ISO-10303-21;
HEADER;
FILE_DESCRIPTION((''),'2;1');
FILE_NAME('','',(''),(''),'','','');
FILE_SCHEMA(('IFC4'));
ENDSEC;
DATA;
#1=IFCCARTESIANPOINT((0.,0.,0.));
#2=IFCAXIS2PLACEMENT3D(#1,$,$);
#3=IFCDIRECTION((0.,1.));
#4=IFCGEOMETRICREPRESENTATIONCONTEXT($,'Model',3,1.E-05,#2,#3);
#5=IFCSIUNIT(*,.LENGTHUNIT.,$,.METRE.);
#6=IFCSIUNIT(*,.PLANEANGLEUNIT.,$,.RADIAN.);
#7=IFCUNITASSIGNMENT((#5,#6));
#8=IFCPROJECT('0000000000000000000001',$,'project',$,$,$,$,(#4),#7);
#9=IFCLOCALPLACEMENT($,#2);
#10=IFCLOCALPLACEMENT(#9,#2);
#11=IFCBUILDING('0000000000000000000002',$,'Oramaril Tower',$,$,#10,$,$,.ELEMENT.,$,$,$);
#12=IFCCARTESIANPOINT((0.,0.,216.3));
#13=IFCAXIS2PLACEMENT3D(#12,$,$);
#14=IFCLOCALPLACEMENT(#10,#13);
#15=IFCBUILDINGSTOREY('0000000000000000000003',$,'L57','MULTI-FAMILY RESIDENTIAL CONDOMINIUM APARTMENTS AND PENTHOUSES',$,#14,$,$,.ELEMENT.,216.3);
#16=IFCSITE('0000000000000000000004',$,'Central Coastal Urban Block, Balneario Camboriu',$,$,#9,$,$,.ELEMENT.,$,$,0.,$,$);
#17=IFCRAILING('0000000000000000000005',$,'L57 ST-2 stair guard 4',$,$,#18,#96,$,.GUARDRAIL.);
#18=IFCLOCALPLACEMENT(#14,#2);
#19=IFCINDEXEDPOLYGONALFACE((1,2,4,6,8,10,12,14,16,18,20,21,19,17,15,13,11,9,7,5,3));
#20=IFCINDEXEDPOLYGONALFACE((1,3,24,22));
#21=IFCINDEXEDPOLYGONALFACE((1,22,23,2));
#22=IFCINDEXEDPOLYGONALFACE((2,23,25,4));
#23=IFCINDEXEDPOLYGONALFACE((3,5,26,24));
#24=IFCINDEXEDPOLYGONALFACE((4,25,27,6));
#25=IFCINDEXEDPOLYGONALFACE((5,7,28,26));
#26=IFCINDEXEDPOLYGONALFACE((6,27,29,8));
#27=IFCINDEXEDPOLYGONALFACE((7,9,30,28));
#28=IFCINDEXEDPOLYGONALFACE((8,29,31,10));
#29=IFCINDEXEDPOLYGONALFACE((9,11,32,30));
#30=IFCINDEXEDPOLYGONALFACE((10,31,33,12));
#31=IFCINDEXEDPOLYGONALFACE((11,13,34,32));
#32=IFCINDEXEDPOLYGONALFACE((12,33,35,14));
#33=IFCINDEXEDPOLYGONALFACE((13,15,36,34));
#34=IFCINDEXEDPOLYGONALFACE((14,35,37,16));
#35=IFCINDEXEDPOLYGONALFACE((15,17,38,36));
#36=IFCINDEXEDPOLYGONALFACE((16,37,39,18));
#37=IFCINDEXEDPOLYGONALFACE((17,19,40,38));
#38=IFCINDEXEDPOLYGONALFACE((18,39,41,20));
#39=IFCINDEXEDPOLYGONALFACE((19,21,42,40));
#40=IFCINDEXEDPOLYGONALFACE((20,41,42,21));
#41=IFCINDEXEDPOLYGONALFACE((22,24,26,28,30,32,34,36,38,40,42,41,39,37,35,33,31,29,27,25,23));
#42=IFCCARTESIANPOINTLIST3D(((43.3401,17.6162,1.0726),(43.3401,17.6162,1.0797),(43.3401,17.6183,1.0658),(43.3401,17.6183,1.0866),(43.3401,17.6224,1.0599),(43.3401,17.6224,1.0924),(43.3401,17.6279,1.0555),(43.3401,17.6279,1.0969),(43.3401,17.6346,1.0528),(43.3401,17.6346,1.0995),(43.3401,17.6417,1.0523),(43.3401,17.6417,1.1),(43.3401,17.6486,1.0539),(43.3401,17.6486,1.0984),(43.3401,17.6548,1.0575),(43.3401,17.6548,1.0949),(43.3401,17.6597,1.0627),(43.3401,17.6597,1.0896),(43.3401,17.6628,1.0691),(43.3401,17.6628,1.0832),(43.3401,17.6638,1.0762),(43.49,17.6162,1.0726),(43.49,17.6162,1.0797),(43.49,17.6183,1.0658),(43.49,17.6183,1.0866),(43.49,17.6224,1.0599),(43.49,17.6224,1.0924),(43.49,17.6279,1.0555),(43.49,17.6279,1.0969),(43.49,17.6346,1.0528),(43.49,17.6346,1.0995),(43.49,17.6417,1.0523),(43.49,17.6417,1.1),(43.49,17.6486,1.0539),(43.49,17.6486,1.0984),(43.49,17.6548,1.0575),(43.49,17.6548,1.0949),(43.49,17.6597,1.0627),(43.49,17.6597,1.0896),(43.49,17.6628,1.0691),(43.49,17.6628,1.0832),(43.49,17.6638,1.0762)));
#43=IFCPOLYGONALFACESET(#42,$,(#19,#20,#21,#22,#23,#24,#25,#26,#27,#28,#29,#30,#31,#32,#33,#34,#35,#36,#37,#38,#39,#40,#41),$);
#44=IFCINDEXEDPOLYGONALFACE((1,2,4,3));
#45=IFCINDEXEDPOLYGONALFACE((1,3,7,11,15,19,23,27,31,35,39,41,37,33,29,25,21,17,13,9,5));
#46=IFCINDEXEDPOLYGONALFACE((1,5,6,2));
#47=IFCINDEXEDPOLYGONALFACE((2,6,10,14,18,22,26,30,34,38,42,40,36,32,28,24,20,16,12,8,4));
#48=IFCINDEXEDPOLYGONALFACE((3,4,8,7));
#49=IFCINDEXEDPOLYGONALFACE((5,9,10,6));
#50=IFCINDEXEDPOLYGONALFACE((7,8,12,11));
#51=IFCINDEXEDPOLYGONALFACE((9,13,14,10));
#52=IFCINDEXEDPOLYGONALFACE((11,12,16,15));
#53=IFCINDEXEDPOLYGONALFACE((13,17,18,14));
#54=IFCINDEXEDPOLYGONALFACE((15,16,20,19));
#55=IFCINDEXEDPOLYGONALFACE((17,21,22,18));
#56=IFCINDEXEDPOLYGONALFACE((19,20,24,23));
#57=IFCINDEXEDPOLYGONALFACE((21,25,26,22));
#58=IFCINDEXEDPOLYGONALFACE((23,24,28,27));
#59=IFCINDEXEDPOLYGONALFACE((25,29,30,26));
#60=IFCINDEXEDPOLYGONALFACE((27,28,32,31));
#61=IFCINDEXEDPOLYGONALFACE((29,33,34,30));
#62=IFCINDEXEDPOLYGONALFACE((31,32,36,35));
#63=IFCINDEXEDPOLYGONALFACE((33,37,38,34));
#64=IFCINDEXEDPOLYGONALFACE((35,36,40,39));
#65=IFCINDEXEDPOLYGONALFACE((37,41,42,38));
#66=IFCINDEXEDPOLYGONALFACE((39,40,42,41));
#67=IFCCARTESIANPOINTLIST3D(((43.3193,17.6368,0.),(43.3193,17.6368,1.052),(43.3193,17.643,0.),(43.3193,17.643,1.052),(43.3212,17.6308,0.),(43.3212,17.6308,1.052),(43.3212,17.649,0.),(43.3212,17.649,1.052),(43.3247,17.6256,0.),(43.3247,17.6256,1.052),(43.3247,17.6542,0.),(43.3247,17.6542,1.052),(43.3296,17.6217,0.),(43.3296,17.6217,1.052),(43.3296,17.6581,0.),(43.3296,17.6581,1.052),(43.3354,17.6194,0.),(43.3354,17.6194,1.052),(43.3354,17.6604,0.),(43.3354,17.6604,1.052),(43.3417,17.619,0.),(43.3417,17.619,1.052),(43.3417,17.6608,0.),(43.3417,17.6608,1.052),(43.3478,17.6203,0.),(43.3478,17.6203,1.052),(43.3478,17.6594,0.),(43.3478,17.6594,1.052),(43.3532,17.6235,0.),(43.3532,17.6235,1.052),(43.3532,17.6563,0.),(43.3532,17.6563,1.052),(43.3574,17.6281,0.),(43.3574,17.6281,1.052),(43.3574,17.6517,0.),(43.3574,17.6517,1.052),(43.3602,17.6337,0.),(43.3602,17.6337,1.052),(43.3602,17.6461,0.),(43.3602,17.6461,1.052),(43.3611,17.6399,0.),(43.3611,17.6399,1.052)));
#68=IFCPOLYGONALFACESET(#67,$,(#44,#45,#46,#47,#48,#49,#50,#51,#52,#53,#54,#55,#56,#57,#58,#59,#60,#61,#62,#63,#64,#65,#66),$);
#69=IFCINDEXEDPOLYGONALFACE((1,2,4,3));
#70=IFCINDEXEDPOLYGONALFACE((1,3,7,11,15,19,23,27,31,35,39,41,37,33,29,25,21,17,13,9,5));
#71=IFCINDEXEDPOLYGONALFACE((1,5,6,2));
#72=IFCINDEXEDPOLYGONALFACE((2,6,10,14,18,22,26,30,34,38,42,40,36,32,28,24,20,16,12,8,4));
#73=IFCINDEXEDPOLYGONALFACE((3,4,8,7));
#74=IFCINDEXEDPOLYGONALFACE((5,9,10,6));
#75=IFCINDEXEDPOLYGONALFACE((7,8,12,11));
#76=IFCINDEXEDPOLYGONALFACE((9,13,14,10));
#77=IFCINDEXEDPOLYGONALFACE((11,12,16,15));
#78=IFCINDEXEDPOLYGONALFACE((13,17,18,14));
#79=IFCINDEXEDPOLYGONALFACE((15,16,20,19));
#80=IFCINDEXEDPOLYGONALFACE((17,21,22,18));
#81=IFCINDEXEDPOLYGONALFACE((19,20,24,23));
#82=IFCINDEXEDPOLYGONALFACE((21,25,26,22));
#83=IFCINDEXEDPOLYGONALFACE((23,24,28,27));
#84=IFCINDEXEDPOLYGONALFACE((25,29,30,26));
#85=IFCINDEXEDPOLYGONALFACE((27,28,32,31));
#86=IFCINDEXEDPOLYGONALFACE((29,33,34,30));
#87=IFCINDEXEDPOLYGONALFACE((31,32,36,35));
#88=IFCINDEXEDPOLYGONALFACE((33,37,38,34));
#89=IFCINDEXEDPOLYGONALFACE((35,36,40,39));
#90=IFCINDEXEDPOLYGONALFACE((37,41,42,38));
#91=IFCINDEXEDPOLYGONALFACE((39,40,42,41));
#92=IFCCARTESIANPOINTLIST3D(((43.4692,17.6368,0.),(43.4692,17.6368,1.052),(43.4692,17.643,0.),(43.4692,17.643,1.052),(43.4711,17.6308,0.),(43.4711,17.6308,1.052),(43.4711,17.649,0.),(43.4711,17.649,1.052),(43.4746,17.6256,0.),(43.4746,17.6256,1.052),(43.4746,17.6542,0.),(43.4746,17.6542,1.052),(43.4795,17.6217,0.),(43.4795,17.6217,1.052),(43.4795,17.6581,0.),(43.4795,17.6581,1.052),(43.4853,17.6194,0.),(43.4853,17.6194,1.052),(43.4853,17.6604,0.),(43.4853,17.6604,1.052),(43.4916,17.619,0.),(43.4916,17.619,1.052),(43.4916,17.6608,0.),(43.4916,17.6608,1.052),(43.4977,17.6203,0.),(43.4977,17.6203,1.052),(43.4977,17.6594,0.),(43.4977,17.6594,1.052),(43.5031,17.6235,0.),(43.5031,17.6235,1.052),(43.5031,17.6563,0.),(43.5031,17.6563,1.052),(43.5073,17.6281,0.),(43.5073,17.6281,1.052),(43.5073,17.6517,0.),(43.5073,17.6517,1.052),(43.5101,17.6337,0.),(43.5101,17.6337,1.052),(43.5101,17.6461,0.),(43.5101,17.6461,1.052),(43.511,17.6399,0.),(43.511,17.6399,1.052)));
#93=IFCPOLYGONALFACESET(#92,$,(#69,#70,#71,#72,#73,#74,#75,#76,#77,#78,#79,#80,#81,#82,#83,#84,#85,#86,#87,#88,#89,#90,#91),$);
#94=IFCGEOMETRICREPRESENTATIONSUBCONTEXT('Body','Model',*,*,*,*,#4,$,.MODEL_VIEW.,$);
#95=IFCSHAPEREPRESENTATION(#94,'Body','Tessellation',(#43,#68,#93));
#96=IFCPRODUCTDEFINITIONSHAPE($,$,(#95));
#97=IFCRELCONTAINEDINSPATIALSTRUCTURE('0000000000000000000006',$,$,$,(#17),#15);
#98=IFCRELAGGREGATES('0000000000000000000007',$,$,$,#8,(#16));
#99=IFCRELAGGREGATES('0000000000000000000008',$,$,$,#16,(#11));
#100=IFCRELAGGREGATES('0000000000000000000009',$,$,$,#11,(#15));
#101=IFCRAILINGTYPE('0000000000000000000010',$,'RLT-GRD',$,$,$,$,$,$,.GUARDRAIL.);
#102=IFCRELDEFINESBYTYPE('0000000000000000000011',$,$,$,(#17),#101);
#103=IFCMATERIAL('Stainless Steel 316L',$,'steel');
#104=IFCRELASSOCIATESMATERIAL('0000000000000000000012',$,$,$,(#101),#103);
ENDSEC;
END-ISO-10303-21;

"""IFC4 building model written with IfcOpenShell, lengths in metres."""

from ifc_helpers import new_model, si_unit, direction, frame, origin, origin_2d, place, context, subcontext, project, spatial, circle, extrude, material, type_object, element, save


model = new_model("IFC4")

# Units and contexts
model_context = context("Model", 3, precision=1e-05, world=origin(), true_north=direction((0.0, 1.0)))
body_context = subcontext(model_context, "Body", "Model", "MODEL_VIEW")
ifc_project = project(units=[si_unit("LENGTHUNIT", "METRE"), si_unit("PLANEANGLEUNIT", "RADIAN")], contexts=[model_context])

# Site, building, storey
site_placement = place(None, origin())
site = spatial("IfcSite", under=ifc_project, at=site_placement, Name="Central Coastal Urban Block, Balneario Camboriu", CompositionType="ELEMENT", RefElevation=0.0)
building_placement = place(site_placement, origin())
building = spatial("IfcBuilding", under=site, at=building_placement, Name="Oramaril Tower", CompositionType="ELEMENT")
storey_placement = place(building_placement, frame((0.0, 0.0, 216.3)))
storey = spatial("IfcBuildingStorey", under=building, at=storey_placement, Name="L57", Description="MULTI-FAMILY RESIDENTIAL CONDOMINIUM APARTMENTS AND PENTHOUSES", CompositionType="ELEMENT", Elevation=216.3)

# Railing
ifc_material_1 = material(Name="Stainless Steel 316L", Category="steel")
railing_type_1 = type_object("IfcRailingType", Name="RLT-GRD", PredefinedType="GUARDRAIL", material=ifc_material_1)
railing_1_placement = place(storey_placement, frame((43.3401, 17.6399, 0.0)))
element("IfcRailing", 1, at=railing_1_placement, inside=storey, type_object=railing_type_1, Name="L57 ST-2 stair guard 4", PredefinedType="GUARDRAIL", context=body_context, shape_type="SweptSolid", body=[
    extrude(circle(Radius=0.0239, at=origin_2d()), frame((0.0, 0.0, 1.0762), z_axis=(1.0, 0.0, 0.0), x_axis=(0.0, 1.0, 0.0)), (0.0, 0.0, 1.0), 0.1499),
    extrude(circle(Radius=0.021, at=origin_2d()), origin(), (0.0, 0.0, 1.0), 1.052),
    extrude(circle(Radius=0.021, at=origin_2d()), frame((0.1499, 0.0, 0.0)), (0.0, 0.0, 1.0), 1.052),
])

save(model, "model.ifc")
